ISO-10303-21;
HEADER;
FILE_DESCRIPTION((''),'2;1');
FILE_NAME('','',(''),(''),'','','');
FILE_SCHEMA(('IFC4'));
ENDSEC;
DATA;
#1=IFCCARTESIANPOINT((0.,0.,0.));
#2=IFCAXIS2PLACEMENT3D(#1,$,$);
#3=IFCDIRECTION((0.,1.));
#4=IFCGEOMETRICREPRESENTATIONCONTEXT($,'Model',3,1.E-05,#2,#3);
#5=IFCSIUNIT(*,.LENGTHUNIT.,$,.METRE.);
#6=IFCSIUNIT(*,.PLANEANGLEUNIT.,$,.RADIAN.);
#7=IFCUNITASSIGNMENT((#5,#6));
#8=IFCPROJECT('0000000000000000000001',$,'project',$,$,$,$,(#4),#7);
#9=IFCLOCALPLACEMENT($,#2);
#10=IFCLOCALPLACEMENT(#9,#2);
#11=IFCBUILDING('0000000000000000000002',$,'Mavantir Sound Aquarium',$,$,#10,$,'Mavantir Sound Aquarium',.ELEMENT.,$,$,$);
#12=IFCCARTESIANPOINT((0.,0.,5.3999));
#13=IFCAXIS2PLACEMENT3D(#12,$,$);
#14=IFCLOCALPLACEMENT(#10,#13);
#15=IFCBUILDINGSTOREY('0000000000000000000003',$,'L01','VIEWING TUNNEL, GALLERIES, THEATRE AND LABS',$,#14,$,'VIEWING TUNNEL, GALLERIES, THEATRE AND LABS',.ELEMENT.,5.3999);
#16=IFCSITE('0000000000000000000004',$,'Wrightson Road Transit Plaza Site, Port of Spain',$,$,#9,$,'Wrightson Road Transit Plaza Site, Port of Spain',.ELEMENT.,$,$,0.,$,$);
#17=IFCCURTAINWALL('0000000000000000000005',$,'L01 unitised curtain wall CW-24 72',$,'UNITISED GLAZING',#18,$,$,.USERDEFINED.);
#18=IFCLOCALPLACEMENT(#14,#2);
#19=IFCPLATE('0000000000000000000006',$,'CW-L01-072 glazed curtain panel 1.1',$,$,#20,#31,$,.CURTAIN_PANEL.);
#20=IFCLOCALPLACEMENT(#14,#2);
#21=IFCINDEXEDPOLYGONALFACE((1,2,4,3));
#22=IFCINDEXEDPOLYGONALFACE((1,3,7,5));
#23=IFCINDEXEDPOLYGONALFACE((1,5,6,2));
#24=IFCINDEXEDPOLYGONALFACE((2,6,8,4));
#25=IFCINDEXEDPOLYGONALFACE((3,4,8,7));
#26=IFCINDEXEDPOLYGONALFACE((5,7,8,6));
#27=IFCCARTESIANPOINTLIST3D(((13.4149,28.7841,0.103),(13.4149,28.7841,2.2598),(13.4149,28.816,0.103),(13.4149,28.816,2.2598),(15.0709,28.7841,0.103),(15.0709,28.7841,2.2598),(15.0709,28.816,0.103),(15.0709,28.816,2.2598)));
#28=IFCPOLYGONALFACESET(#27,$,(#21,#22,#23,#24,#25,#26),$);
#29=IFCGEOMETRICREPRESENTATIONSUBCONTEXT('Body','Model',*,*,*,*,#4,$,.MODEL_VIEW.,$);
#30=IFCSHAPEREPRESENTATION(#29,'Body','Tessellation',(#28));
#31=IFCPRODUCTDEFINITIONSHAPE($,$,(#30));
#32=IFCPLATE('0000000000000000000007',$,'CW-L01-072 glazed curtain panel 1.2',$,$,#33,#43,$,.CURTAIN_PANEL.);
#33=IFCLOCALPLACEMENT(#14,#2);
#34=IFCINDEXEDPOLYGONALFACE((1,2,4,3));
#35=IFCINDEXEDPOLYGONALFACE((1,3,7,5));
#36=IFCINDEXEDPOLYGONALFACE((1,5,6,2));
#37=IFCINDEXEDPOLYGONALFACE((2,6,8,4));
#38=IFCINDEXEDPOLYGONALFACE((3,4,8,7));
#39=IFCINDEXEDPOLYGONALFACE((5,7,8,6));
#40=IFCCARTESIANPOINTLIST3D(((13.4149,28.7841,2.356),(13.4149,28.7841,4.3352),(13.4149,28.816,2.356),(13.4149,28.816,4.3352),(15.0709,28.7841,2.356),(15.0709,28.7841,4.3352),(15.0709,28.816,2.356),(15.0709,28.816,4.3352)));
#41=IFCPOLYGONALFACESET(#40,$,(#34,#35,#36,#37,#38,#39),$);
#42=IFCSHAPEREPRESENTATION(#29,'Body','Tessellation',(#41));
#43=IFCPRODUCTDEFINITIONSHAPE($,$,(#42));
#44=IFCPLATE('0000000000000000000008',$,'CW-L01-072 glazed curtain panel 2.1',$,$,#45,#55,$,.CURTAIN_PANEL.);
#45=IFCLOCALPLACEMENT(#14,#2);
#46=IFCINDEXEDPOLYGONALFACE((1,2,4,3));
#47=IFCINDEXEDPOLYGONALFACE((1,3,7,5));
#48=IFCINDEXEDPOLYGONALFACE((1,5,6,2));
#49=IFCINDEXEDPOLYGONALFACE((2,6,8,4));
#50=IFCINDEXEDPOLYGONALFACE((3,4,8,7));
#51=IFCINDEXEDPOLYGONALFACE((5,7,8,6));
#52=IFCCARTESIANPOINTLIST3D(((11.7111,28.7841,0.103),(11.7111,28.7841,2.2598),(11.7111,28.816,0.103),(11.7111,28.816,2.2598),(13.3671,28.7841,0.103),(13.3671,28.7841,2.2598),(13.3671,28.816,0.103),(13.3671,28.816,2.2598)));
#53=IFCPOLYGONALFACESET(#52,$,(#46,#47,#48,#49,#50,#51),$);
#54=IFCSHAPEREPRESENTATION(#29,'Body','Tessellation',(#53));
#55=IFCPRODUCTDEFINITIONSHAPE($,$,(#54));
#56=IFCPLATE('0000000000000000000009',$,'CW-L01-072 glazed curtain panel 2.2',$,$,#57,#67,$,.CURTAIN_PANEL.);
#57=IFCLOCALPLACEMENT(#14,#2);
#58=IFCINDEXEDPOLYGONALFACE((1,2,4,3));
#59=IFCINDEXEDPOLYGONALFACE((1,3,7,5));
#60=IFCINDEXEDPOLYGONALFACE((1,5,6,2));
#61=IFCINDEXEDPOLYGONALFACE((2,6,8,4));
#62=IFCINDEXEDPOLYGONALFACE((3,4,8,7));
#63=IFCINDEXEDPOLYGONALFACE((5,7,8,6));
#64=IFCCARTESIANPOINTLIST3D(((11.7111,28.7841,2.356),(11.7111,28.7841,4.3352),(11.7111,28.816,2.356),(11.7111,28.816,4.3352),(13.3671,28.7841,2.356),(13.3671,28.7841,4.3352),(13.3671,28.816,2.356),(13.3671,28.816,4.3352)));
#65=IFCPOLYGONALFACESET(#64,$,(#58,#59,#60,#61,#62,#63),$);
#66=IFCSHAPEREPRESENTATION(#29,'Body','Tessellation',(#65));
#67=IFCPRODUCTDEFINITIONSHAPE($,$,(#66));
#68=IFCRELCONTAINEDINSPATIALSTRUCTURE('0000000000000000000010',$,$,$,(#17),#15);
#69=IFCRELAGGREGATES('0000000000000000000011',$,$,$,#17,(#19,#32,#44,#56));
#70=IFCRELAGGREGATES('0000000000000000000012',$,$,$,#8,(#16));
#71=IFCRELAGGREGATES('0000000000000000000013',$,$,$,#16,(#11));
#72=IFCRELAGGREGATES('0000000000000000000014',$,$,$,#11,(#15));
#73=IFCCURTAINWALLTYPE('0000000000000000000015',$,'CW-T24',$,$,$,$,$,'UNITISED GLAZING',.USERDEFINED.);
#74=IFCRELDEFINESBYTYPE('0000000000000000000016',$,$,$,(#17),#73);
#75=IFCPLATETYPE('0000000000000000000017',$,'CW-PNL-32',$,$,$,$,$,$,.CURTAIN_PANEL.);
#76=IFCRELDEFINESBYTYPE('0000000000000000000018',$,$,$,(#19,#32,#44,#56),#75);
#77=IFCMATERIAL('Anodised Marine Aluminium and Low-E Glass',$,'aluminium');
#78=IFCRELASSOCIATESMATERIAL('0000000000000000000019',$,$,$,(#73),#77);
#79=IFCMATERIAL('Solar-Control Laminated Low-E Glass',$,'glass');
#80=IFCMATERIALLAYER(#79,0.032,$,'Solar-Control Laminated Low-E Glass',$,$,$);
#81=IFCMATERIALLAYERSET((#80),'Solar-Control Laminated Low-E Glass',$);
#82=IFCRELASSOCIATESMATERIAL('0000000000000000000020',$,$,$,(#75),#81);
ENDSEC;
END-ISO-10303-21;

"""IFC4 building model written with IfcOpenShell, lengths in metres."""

from ifc_helpers import new_model, si_unit, direction, frame, origin, origin_2d, place, context, subcontext, project, spatial, rectangle, extrude, material, layer, layer_set, type_object, element, aggregate, save


model = new_model("IFC4")

# Units and contexts
model_context = context("Model", 3, precision=1e-05, world=origin(), true_north=direction((0.0, 1.0)))
body_context = subcontext(model_context, "Body", "Model", "MODEL_VIEW")
ifc_project = project(units=[si_unit("LENGTHUNIT", "METRE"), si_unit("PLANEANGLEUNIT", "RADIAN")], contexts=[model_context])

# Site, building, storey
site_placement = place(None, origin())
site = spatial("IfcSite", under=ifc_project, at=site_placement, Name="Wrightson Road Transit Plaza Site, Port of Spain", LongName="Wrightson Road Transit Plaza Site, Port of Spain", CompositionType="ELEMENT", RefElevation=0.0)
building_placement = place(site_placement, origin())
building = spatial("IfcBuilding", under=site, at=building_placement, Name="Mavantir Sound Aquarium", LongName="Mavantir Sound Aquarium", CompositionType="ELEMENT")
storey_placement = place(building_placement, frame((0.0, 0.0, 5.3999)))
storey = spatial("IfcBuildingStorey", under=building, at=storey_placement, Name="L01", Description="VIEWING TUNNEL, GALLERIES, THEATRE AND LABS", LongName="VIEWING TUNNEL, GALLERIES, THEATRE AND LABS", CompositionType="ELEMENT", Elevation=5.3999)

# Curtain wall, plates
ifc_material_1 = material(Name="Anodised Marine Aluminium and Low-E Glass", Category="aluminium")
curtain_wall_type = type_object("IfcCurtainWallType", Name="CW-T24", ElementType="UNITISED GLAZING", PredefinedType="USERDEFINED", material=ifc_material_1)
curtain_wall_placement = place(storey_placement, origin())
curtain_wall = element("IfcCurtainWall", 1, at=curtain_wall_placement, inside=storey, type_object=curtain_wall_type, Name="L01 unitised curtain wall CW-24 72", ObjectType="UNITISED GLAZING", PredefinedType="USERDEFINED")
ifc_material_2 = material(Name="Solar-Control Laminated Low-E Glass", Category="glass")
ifc_layer = layer(ifc_material_2, 0.032, Name="Solar-Control Laminated Low-E Glass")
ifc_layer_set = layer_set([ifc_layer], Name="Solar-Control Laminated Low-E Glass")
plate_type = type_object("IfcPlateType", Name="CW-PNL-32", PredefinedType="CURTAIN_PANEL", material=ifc_layer_set)
plate_1_placement = place(storey_placement, frame((14.2429, 28.8, 0.103), z_axis=(0.0, 0.0, 1.0), x_axis=(-1.0, 0.0, 0.0)))
plate_1 = element("IfcPlate", 2, at=plate_1_placement, type_object=plate_type, Name="CW-L01-072 glazed curtain panel 1.1", PredefinedType="CURTAIN_PANEL", context=body_context, shape_type="SweptSolid", body=[
    extrude(rectangle(XDim=1.656, YDim=0.032, at=origin_2d()), origin(), (0.0, 0.0, 1.0), 2.1567),
])
plate_2_placement = place(storey_placement, frame((14.2429, 28.8, 2.356), z_axis=(0.0, 0.0, 1.0), x_axis=(-1.0, 0.0, 0.0)))
plate_2 = element("IfcPlate", 3, at=plate_2_placement, type_object=plate_type, Name="CW-L01-072 glazed curtain panel 1.2", PredefinedType="CURTAIN_PANEL", context=body_context, shape_type="SweptSolid", body=[
    extrude(rectangle(XDim=1.656, YDim=0.032, at=origin_2d()), origin(), (0.0, 0.0, 1.0), 1.9792),
])
plate_3_placement = place(storey_placement, frame((12.5391, 28.8, 0.103), z_axis=(0.0, 0.0, 1.0), x_axis=(-1.0, 0.0, 0.0)))
plate_3 = element("IfcPlate", 4, at=plate_3_placement, type_object=plate_type, Name="CW-L01-072 glazed curtain panel 2.1", PredefinedType="CURTAIN_PANEL", context=body_context, shape_type="SweptSolid", body=[
    extrude(rectangle(XDim=1.656, YDim=0.032, at=origin_2d()), origin(), (0.0, 0.0, 1.0), 2.1567),
])
plate_4_placement = place(storey_placement, frame((12.5391, 28.8, 2.356), z_axis=(0.0, 0.0, 1.0), x_axis=(-1.0, 0.0, 0.0)))
plate_4 = element("IfcPlate", 5, at=plate_4_placement, type_object=plate_type, Name="CW-L01-072 glazed curtain panel 2.2", PredefinedType="CURTAIN_PANEL", context=body_context, shape_type="SweptSolid", body=[
    extrude(rectangle(XDim=1.656, YDim=0.032, at=origin_2d()), origin(), (0.0, 0.0, 1.0), 1.9792),
])
aggregate(curtain_wall, [plate_1, plate_2, plate_3, plate_4])

save(model, "model.ifc")
